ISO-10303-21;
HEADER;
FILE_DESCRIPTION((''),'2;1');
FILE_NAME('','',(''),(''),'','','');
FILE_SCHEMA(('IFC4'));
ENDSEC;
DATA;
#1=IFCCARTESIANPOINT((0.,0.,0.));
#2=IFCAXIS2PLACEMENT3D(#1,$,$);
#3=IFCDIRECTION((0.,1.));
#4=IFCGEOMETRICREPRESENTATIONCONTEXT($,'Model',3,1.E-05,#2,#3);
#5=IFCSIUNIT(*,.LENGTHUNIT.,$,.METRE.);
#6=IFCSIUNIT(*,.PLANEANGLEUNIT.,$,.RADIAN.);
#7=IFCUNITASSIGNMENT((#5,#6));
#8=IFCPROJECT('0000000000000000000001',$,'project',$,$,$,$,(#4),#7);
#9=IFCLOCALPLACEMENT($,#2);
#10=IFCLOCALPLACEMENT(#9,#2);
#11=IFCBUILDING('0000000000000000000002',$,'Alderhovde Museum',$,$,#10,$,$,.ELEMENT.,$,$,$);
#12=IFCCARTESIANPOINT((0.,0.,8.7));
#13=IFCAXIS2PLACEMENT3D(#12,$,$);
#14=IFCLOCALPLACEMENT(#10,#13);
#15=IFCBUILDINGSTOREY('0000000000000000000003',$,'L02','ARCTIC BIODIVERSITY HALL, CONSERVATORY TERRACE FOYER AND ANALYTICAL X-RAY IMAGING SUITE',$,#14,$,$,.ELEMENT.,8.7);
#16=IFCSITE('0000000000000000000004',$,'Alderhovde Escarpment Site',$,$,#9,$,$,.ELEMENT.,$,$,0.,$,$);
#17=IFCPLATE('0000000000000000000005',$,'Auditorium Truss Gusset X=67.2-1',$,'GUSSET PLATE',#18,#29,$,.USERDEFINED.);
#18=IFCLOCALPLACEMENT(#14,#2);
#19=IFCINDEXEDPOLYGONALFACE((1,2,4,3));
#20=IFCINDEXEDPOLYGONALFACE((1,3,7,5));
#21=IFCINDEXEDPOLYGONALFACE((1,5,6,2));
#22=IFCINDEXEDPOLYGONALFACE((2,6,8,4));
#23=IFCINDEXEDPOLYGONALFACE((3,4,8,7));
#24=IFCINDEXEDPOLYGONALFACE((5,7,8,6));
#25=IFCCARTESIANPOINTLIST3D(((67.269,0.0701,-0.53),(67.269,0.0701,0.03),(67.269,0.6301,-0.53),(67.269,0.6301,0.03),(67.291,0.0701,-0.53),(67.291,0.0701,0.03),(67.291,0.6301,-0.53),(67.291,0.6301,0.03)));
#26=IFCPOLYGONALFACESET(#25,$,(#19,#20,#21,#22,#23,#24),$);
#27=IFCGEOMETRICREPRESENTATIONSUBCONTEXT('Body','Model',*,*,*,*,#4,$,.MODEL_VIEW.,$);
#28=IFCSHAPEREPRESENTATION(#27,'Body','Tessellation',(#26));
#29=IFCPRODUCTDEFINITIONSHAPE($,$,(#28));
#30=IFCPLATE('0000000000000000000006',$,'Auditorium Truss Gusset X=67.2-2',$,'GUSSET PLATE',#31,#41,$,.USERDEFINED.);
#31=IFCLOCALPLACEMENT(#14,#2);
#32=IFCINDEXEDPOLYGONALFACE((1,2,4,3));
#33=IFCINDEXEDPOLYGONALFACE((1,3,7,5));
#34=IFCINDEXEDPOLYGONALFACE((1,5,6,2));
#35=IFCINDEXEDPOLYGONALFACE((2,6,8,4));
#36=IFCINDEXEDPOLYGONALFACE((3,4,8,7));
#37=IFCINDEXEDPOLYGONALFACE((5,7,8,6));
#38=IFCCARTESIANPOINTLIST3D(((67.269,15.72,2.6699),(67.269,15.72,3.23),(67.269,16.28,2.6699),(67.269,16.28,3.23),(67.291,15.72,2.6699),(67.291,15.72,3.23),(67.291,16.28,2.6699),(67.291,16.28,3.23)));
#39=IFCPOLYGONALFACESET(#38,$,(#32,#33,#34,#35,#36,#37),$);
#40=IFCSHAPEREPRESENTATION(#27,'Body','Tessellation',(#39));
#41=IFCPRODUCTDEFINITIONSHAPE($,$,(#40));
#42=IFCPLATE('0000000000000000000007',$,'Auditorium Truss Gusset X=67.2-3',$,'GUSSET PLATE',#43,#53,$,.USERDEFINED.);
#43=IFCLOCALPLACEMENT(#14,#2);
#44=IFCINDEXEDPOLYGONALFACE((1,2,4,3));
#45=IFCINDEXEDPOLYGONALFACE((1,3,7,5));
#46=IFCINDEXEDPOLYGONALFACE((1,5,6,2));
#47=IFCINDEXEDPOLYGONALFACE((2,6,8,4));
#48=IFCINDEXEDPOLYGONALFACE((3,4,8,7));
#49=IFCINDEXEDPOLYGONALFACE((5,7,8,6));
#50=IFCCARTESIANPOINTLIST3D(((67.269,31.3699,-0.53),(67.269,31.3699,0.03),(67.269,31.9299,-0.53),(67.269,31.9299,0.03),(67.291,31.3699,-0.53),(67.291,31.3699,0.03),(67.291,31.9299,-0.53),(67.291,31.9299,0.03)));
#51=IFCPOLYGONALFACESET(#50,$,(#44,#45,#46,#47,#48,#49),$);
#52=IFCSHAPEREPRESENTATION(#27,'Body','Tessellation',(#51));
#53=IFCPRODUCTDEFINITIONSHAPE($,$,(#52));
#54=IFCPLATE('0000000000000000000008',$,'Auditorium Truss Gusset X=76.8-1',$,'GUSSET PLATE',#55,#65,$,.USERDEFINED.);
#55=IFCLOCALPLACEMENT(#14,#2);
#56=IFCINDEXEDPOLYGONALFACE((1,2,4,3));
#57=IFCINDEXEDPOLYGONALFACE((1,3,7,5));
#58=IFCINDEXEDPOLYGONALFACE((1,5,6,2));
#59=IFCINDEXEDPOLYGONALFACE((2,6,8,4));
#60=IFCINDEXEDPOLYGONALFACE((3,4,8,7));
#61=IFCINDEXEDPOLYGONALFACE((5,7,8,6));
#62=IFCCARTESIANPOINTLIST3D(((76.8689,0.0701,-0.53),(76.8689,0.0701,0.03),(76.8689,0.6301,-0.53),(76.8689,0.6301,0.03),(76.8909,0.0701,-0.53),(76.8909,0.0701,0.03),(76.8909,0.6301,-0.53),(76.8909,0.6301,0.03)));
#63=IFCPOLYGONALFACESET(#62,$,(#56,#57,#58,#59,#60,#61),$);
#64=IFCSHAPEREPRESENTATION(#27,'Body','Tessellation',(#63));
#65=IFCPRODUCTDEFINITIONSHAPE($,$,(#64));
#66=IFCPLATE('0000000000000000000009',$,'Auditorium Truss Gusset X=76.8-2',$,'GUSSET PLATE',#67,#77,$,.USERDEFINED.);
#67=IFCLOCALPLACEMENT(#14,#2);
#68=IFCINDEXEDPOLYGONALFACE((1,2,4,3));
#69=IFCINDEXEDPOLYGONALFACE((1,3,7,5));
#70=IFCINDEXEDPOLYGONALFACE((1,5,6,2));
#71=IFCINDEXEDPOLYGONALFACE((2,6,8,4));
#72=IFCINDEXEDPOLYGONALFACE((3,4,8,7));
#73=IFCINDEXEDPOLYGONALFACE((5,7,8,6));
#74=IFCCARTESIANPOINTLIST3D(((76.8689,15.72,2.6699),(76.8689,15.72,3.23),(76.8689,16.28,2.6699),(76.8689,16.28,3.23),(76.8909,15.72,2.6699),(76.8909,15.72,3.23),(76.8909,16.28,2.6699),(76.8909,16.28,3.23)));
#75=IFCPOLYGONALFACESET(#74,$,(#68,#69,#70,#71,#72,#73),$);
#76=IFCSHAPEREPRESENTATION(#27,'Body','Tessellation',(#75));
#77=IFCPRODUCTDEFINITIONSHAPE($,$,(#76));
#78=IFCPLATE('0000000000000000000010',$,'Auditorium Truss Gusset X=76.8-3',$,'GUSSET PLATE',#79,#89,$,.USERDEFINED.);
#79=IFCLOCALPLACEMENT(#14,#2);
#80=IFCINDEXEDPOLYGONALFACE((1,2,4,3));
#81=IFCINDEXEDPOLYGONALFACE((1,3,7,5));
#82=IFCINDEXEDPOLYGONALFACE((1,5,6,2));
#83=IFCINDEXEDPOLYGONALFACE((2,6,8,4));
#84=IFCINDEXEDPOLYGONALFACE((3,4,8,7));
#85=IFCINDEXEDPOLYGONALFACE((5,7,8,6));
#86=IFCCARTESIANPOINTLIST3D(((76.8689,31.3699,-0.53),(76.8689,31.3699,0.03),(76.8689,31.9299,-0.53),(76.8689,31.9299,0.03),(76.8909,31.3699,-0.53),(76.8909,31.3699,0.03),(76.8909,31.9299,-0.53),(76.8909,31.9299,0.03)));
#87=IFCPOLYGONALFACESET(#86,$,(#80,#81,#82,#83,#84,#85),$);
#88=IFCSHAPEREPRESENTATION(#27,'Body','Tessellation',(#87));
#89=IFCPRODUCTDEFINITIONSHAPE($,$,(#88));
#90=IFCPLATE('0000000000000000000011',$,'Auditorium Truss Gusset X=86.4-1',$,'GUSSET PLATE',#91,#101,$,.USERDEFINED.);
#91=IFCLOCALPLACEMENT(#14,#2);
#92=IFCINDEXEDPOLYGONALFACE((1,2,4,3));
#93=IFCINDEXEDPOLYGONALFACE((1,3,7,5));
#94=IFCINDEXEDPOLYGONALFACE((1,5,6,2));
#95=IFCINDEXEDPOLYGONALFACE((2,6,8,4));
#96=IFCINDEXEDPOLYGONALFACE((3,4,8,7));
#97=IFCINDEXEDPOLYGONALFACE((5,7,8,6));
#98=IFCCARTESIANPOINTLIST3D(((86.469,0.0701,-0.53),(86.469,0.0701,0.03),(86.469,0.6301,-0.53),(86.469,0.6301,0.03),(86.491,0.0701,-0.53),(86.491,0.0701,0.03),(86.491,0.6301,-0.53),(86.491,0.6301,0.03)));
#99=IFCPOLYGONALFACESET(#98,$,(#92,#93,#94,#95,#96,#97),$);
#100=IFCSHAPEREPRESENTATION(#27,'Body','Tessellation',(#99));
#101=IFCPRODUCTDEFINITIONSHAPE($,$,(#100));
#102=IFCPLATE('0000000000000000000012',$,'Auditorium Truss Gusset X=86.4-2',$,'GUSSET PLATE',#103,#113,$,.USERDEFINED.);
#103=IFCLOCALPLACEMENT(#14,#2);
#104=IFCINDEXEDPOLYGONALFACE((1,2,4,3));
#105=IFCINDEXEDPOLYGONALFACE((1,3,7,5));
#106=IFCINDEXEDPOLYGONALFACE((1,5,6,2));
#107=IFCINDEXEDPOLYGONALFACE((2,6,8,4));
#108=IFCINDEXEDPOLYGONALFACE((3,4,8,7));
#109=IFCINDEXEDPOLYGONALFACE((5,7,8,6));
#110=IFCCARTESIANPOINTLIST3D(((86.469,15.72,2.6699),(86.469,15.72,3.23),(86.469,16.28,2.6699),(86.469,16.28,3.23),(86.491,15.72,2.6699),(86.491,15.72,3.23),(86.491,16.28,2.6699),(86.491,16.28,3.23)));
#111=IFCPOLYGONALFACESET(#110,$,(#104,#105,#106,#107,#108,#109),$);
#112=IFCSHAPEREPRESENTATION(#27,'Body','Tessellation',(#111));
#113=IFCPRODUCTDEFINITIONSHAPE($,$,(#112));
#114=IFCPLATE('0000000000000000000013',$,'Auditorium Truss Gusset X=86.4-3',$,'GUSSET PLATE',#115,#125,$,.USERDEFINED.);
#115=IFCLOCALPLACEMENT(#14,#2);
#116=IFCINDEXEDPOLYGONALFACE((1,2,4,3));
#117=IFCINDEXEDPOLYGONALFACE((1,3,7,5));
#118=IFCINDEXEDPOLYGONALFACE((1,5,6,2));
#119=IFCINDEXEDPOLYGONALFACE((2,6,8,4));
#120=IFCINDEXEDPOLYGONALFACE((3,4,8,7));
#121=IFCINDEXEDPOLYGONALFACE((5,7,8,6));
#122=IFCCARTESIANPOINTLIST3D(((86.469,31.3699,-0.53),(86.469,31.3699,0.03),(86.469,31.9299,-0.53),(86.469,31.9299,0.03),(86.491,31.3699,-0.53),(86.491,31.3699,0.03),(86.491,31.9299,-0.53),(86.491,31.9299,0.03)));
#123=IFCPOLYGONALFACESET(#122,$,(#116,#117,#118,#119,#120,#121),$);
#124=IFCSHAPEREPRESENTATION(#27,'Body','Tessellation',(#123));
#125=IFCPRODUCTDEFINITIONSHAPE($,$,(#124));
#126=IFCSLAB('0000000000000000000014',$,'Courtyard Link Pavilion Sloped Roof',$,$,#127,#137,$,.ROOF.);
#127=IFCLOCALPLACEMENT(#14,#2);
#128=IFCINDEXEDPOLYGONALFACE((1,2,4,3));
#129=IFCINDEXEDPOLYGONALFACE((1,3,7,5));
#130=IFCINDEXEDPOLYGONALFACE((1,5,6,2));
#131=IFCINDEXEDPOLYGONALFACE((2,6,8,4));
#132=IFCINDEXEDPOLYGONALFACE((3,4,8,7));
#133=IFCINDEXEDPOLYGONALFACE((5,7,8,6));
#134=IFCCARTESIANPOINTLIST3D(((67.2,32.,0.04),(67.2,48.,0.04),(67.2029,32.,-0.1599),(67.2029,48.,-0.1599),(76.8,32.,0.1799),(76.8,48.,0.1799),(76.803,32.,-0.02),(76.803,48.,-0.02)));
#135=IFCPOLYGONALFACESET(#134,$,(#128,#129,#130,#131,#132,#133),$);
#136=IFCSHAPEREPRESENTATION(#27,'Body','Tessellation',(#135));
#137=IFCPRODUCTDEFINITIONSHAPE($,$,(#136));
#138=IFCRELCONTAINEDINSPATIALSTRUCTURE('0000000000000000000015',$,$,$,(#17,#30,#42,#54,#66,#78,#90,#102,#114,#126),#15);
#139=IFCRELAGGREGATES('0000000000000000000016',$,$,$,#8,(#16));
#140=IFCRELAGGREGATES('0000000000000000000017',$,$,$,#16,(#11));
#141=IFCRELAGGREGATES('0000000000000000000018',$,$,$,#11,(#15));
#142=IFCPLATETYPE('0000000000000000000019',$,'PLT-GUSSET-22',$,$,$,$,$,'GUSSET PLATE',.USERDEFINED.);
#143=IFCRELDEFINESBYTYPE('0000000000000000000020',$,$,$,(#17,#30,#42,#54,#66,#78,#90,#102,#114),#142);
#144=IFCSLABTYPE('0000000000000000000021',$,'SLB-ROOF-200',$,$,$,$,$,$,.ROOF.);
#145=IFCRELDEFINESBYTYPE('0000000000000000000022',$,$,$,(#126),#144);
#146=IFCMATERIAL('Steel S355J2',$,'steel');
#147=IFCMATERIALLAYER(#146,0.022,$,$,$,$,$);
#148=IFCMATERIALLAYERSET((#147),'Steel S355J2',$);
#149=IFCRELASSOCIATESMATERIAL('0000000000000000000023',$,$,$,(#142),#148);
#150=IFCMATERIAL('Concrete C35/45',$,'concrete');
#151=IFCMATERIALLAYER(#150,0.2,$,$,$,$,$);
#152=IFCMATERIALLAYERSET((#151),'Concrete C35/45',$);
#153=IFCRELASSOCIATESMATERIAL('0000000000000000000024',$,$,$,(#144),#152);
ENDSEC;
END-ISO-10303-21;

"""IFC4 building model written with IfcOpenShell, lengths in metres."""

from ifc_helpers import new_model, si_unit, direction, frame, origin, origin_2d, place, context, subcontext, project, spatial, polyline, rectangle, outline, extrude, material, layer, layer_set, type_object, element, save


model = new_model("IFC4")

# Units and contexts
model_context = context("Model", 3, precision=1e-05, world=origin(), true_north=direction((0.0, 1.0)))
body_context = subcontext(model_context, "Body", "Model", "MODEL_VIEW")
ifc_project = project(units=[si_unit("LENGTHUNIT", "METRE"), si_unit("PLANEANGLEUNIT", "RADIAN")], contexts=[model_context])

# Site, building, storey
site_placement = place(None, origin())
site = spatial("IfcSite", under=ifc_project, at=site_placement, Name="Alderhovde Escarpment Site", CompositionType="ELEMENT", RefElevation=0.0)
building_placement = place(site_placement, origin())
building = spatial("IfcBuilding", under=site, at=building_placement, Name="Alderhovde Museum", CompositionType="ELEMENT")
storey_placement = place(building_placement, frame((0.0, 0.0, 8.7)))
storey = spatial("IfcBuildingStorey", under=building, at=storey_placement, Name="L02", Description="ARCTIC BIODIVERSITY HALL, CONSERVATORY TERRACE FOYER AND ANALYTICAL X-RAY IMAGING SUITE", CompositionType="ELEMENT", Elevation=8.7)

# Plates
ifc_material_1 = material(Name="Steel S355J2", Category="steel")
ifc_layer_1 = layer(ifc_material_1, 0.022)
ifc_layer_set_1 = layer_set([ifc_layer_1], Name="Steel S355J2")
plate_type = type_object("IfcPlateType", Name="PLT-GUSSET-22", ElementType="GUSSET PLATE", PredefinedType="USERDEFINED", material=ifc_layer_set_1)
for number, where, z_axis, x_axis, name in (
    (1, (67.28, 0.3501, -0.53), (0.0, 0.0, 1.0), (1.0, 0.0, 0.0), "Auditorium Truss Gusset X=67.2-1"),
    (2, (67.28, 16.0, 2.6699), (0.0, 0.0, 1.0), (1.0, 0.0, 0.0), "Auditorium Truss Gusset X=67.2-2"),
    (3, (67.28, 31.6499, -0.53), (0.0, 0.0, 1.0), (1.0, 0.0, 0.0), "Auditorium Truss Gusset X=67.2-3"),
    (4, (76.8799, 0.3501, -0.53), (0.0, 0.0, 1.0), (1.0, 0.0, 0.0), "Auditorium Truss Gusset X=76.8-1"),
    (5, (76.8799, 16.0, 2.6699), (0.0, 0.0, 1.0), (1.0, 0.0, 0.0), "Auditorium Truss Gusset X=76.8-2"),
    (6, (76.8799, 31.6499, -0.53), (0.0, 0.0, 1.0), (1.0, 0.0, 0.0), "Auditorium Truss Gusset X=76.8-3"),
    (7, (86.48, 0.3501, -0.53), (0.0, 0.0, 1.0), (1.0, 0.0, 0.0), "Auditorium Truss Gusset X=86.4-1"),
    (8, (86.48, 16.0, 2.6699), (0.0, 0.0, 1.0), (1.0, 0.0, 0.0), "Auditorium Truss Gusset X=86.4-2"),
    (9, (86.48, 31.6499, -0.53), (0.0, 0.0, 1.0), (1.0, 0.0, 0.0), "Auditorium Truss Gusset X=86.4-3"),
):
    element("IfcPlate", number, at=place(storey_placement, frame(where, z_axis=z_axis, x_axis=x_axis)), inside=storey, type_object=plate_type, Name=name, ObjectType="GUSSET PLATE", PredefinedType="USERDEFINED", context=body_context, shape_type="SweptSolid", body=[
        extrude(rectangle(XDim=0.022, YDim=0.5601, at=origin_2d()), origin(), (0.0, 0.0, 1.0), 0.5601),
    ])

# Slab
ifc_material_2 = material(Name="Concrete C35/45", Category="concrete")
ifc_layer_2 = layer(ifc_material_2, 0.2)
ifc_layer_set_2 = layer_set([ifc_layer_2], Name="Concrete C35/45")
slab_type = type_object("IfcSlabType", Name="SLB-ROOF-200", PredefinedType="ROOF", material=ifc_layer_set_2)
slab_placement = place(storey_placement, frame((67.2, 32.0, 0.04), z_axis=(-0.01457, 0.0, 0.999894), x_axis=(0.999894, 0.0, 0.01457)))
element("IfcSlab", 10, at=slab_placement, inside=storey, type_object=slab_type, Name="Courtyard Link Pavilion Sloped Roof", PredefinedType="ROOF", context=body_context, shape_type="SweptSolid", body=[
    extrude(outline(polyline([(0.0, 0.0), (9.6011, 0.0), (9.6011, 16.0), (0.0, 16.0), (0.0, 0.0)])), origin(), (0.0, 0.0, -1.0), 0.2),
])

save(model, "model.ifc")
